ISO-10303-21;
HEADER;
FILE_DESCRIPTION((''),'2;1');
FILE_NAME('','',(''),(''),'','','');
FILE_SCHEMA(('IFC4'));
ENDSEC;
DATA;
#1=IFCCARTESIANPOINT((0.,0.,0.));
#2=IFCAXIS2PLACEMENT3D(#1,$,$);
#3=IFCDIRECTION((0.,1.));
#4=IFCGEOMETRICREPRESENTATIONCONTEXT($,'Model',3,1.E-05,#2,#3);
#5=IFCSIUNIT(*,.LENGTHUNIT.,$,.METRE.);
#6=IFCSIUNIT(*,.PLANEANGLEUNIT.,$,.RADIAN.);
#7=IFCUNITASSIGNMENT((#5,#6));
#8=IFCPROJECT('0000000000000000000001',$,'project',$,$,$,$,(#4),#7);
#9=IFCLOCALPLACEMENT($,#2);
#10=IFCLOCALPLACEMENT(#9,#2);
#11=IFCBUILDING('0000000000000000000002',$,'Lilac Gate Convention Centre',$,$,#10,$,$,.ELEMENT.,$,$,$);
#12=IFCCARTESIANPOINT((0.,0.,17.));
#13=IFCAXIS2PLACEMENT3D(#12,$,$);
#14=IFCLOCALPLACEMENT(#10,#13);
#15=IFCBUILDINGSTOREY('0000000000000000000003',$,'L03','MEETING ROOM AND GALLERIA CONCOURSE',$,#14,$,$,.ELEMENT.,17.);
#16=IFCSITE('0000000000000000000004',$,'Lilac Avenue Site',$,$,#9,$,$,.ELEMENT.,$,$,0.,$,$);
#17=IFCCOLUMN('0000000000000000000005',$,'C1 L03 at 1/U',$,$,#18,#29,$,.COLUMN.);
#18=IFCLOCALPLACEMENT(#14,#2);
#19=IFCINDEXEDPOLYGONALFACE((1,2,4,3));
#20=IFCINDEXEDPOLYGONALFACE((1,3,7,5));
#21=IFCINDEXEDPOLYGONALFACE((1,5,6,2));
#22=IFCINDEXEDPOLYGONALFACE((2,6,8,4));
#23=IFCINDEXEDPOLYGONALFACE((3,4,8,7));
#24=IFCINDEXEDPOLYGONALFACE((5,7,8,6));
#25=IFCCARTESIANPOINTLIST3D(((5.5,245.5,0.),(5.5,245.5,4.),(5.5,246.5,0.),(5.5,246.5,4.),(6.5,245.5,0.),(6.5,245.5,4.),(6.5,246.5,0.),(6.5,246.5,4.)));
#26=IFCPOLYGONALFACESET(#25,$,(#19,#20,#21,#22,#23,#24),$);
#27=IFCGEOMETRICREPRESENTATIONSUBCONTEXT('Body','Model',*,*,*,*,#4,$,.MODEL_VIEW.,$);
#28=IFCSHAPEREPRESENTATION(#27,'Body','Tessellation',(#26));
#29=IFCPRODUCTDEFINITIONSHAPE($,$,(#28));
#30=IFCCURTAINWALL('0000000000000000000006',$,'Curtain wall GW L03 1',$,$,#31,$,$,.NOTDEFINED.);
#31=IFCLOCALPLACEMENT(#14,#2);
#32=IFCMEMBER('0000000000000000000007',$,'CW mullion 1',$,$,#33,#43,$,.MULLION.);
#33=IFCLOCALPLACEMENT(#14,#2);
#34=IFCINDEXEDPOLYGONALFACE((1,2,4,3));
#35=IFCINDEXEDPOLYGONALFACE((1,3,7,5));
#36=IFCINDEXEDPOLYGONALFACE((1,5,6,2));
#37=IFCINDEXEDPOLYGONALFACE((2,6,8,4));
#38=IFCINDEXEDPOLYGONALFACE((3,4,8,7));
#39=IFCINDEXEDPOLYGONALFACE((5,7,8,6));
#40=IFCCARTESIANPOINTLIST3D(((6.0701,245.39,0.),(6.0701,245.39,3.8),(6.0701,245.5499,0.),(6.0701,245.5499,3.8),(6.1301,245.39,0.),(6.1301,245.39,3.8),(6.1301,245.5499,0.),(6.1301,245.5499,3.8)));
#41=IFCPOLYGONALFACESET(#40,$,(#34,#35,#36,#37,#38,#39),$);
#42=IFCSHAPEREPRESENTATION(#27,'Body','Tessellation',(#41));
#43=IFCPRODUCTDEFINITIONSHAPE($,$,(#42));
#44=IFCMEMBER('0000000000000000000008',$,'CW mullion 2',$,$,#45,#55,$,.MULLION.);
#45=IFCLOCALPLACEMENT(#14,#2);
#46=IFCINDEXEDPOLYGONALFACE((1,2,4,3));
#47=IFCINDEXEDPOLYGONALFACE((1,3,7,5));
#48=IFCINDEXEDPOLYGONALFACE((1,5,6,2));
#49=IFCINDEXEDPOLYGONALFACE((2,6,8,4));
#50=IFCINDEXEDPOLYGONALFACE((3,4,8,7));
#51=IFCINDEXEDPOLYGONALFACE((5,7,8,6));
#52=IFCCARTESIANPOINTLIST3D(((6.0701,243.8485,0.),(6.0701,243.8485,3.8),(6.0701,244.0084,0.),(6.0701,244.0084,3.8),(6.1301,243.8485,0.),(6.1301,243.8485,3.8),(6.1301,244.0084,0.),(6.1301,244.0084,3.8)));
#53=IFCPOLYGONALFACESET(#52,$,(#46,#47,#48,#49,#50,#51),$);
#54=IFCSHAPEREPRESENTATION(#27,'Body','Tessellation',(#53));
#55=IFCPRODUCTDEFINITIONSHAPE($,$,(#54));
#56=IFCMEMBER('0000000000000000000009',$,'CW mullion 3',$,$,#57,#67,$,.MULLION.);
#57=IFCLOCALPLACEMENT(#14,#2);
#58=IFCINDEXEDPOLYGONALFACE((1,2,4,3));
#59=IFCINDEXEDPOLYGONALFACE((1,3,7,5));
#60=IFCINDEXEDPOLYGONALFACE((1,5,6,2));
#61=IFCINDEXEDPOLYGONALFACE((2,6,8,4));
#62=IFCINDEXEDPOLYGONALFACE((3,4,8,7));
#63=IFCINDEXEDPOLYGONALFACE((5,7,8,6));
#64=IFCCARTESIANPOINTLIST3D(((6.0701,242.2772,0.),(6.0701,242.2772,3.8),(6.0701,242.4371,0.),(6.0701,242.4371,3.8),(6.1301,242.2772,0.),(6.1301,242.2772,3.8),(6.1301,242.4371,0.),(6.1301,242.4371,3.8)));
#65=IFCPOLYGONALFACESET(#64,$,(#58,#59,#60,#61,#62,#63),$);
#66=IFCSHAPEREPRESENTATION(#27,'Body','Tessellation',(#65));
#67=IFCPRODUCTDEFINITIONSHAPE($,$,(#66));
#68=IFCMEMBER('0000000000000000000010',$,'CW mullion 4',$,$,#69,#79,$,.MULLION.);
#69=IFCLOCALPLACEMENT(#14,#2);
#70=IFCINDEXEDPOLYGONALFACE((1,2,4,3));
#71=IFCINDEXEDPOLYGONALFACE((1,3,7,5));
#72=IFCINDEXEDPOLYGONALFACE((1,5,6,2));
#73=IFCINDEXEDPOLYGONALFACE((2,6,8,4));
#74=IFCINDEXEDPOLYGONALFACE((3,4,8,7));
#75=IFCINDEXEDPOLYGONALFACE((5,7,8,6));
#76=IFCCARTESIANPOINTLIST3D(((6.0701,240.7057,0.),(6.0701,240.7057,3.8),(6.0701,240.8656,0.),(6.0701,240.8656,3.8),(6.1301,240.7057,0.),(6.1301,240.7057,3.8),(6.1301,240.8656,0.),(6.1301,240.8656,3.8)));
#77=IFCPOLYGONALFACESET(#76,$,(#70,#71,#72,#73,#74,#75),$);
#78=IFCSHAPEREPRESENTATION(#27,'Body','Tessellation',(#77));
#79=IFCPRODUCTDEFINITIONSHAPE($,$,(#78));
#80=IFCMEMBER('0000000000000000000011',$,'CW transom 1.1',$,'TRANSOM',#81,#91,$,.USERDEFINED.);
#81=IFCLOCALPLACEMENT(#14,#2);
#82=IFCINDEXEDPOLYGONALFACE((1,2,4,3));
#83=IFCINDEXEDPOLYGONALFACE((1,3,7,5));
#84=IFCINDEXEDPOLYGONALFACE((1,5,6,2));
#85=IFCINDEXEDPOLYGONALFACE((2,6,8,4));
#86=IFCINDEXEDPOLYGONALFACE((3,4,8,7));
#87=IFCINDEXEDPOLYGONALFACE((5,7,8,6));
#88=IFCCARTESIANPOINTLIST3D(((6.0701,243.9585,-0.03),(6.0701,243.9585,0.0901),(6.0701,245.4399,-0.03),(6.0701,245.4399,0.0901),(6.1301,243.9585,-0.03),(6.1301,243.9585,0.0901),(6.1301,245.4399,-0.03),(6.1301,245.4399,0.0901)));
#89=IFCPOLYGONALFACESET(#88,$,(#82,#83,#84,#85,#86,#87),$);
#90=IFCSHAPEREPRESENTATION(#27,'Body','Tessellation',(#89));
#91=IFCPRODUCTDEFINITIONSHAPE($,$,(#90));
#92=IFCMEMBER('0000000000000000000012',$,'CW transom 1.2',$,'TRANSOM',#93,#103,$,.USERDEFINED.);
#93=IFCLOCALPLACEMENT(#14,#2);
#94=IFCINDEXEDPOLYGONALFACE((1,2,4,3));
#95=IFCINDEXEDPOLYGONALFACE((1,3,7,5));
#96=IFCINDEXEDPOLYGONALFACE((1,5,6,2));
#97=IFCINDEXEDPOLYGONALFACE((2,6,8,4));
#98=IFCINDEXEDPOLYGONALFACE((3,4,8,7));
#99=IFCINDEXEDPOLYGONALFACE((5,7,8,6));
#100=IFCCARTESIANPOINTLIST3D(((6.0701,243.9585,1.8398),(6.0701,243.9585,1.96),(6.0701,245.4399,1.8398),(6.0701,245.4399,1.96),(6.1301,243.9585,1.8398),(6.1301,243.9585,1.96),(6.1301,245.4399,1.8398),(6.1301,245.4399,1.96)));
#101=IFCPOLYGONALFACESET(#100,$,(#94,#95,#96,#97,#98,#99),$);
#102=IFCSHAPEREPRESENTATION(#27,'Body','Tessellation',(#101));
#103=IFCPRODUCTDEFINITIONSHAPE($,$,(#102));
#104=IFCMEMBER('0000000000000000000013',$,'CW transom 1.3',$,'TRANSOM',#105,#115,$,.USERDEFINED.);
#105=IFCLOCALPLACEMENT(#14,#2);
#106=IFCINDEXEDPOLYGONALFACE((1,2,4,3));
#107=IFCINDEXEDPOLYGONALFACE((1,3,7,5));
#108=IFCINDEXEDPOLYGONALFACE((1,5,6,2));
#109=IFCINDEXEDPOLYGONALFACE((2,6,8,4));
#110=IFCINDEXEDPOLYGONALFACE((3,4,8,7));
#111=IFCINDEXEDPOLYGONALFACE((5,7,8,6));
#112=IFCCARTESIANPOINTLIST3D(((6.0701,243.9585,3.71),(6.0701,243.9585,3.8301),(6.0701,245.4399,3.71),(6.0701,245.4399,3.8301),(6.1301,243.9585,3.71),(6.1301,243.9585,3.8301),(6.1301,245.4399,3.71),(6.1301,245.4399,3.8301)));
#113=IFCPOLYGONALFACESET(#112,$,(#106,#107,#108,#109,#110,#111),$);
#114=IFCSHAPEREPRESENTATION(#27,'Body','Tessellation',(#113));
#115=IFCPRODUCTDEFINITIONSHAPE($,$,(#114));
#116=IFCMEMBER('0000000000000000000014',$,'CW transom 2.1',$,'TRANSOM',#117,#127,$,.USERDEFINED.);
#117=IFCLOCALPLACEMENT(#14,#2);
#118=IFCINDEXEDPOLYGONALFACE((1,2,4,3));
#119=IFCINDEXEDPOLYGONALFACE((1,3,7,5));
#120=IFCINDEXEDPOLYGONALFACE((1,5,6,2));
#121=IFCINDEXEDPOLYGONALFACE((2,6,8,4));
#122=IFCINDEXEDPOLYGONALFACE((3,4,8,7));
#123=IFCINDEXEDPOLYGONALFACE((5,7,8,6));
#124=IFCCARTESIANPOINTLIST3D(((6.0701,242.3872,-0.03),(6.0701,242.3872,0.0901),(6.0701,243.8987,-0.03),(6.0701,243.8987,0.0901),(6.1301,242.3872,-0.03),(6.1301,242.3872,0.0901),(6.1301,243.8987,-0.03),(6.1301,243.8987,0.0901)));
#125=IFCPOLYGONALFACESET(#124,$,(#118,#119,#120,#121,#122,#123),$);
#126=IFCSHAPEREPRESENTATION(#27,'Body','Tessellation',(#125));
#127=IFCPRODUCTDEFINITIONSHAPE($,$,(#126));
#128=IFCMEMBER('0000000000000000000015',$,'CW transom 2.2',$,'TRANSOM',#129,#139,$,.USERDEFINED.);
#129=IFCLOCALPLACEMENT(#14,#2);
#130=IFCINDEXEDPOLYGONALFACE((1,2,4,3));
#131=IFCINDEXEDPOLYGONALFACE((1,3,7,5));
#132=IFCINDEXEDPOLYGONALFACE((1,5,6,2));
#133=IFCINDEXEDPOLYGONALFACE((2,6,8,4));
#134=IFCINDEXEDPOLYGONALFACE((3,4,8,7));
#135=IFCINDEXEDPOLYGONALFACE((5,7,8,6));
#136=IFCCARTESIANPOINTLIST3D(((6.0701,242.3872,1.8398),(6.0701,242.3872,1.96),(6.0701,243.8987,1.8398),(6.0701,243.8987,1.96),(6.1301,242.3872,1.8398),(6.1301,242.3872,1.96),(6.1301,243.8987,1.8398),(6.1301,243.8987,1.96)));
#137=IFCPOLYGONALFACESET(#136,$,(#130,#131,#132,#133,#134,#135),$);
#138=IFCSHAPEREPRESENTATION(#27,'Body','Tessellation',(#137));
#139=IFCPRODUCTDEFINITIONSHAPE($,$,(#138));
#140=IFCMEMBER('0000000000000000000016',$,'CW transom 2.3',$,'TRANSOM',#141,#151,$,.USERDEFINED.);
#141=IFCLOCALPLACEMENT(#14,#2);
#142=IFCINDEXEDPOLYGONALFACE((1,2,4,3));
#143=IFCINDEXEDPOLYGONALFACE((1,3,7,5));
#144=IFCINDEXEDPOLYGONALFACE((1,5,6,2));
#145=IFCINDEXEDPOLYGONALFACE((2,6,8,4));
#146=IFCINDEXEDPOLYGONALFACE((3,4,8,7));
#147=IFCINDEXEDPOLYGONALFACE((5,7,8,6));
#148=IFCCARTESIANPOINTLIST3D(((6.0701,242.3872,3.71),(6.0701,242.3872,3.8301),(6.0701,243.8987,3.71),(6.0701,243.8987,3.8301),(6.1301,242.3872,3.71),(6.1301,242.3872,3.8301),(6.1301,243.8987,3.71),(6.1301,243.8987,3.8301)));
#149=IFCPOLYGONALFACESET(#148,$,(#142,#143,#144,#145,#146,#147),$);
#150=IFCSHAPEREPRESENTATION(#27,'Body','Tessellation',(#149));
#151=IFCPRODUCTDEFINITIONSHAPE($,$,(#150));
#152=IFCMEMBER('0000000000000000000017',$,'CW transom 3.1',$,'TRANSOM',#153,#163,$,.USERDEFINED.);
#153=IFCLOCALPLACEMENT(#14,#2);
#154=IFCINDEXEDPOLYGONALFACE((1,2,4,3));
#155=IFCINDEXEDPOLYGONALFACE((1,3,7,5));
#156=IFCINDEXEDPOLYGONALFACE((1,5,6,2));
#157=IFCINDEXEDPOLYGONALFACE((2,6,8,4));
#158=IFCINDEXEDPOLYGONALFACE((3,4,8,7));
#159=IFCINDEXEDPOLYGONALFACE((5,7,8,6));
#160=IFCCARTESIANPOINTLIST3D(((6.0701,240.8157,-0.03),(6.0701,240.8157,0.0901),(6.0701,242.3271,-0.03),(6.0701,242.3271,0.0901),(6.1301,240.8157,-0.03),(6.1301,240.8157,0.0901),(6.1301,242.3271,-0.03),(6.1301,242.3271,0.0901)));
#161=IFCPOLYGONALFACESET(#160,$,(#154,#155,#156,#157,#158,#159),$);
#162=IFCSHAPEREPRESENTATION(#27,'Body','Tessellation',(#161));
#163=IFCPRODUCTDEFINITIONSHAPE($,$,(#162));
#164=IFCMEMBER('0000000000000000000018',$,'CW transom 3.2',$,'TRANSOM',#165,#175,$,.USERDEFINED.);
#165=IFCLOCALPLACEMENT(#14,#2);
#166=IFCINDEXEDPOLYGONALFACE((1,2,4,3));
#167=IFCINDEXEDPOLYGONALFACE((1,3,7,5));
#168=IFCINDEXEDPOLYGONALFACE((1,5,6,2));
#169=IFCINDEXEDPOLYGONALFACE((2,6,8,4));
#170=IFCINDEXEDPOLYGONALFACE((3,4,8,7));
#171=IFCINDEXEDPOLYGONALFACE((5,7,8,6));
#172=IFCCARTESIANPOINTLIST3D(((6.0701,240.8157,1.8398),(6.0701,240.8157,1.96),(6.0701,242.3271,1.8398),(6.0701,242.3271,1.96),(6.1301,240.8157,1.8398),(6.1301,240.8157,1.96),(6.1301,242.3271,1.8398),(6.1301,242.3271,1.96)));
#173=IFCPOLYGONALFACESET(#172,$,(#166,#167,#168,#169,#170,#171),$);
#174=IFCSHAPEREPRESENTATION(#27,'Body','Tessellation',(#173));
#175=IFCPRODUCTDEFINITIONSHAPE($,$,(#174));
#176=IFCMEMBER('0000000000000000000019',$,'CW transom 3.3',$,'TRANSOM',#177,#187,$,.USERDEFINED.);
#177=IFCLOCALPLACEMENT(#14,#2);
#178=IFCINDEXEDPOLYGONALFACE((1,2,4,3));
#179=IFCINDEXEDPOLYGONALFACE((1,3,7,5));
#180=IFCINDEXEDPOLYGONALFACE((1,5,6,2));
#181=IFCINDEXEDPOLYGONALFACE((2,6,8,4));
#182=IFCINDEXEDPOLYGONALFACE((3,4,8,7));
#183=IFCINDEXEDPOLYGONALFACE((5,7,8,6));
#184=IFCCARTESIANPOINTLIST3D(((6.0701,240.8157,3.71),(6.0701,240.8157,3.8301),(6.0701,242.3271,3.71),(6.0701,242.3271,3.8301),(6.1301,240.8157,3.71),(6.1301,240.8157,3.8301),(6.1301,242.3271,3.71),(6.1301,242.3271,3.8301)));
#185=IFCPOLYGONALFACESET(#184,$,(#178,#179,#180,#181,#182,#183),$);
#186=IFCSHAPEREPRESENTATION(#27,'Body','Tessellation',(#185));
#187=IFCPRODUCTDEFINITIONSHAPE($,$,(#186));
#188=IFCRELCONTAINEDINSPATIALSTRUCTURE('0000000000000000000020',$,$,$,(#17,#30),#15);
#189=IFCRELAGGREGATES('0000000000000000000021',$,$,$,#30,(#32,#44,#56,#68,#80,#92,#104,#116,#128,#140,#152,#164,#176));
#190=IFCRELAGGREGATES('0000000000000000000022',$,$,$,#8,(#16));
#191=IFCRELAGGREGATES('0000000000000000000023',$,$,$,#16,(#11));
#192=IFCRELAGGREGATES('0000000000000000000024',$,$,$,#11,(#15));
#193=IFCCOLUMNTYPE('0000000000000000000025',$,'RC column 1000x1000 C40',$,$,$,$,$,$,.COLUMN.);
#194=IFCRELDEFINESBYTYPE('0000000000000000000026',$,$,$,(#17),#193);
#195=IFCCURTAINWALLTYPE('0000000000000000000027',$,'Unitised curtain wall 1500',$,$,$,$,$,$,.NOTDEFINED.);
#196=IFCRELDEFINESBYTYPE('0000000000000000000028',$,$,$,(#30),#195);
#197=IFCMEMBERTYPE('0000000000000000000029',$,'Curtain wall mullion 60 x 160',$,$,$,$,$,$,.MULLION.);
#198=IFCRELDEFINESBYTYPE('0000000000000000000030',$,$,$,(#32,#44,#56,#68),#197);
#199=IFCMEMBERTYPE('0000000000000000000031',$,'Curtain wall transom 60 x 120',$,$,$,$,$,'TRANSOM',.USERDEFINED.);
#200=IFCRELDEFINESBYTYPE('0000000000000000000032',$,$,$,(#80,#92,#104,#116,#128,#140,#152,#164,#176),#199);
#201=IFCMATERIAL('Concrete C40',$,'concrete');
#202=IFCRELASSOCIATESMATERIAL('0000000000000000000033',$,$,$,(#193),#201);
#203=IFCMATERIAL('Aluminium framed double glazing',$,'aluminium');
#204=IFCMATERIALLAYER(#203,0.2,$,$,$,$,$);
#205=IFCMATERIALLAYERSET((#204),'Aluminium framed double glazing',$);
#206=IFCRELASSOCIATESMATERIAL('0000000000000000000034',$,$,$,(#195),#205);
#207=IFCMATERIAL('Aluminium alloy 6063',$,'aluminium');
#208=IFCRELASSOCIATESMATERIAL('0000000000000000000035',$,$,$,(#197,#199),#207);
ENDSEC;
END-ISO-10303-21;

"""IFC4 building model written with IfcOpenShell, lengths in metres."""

from ifc_helpers import new_model, si_unit, direction, frame, origin, origin_2d, place, context, subcontext, project, spatial, rectangle, extrude, material, layer, layer_set, material_profile, profile_set, type_object, element, aggregate, save


model = new_model("IFC4")

# Units and contexts
model_context = context("Model", 3, precision=1e-05, world=origin(), true_north=direction((0.0, 1.0)))
body_context = subcontext(model_context, "Body", "Model", "MODEL_VIEW")
ifc_project = project(units=[si_unit("LENGTHUNIT", "METRE"), si_unit("PLANEANGLEUNIT", "RADIAN")], contexts=[model_context])

# Site, building, storey
site_placement = place(None, origin())
site = spatial("IfcSite", under=ifc_project, at=site_placement, Name="Lilac Avenue Site", CompositionType="ELEMENT", RefElevation=0.0)
building_placement = place(site_placement, origin())
building = spatial("IfcBuilding", under=site, at=building_placement, Name="Lilac Gate Convention Centre", CompositionType="ELEMENT")
storey_placement = place(building_placement, frame((0.0, 0.0, 17.0)))
storey = spatial("IfcBuildingStorey", under=building, at=storey_placement, Name="L03", Description="MEETING ROOM AND GALLERIA CONCOURSE", CompositionType="ELEMENT", Elevation=17.0)

# Column
ifc_material_1 = material(Name="Concrete C40", Category="concrete")
ifc_material_profile_1 = material_profile(ifc_material_1, rectangle(XDim=1.0, YDim=1.0, at=origin_2d()), Name="RC 1000x1000")
ifc_profile_set_1 = profile_set([ifc_material_profile_1], Name="Concrete C40")
column_type = type_object("IfcColumnType", Name="RC column 1000x1000 C40", PredefinedType="COLUMN", material=ifc_profile_set_1)
column_placement = place(storey_placement, frame((6.0, 246.0, 0.0), z_axis=(0.0, 0.0, 1.0), x_axis=(1.0, 0.0, 0.0)))
element("IfcColumn", 1, at=column_placement, inside=storey, type_object=column_type, Name="C1 L03 at 1/U", PredefinedType="COLUMN", context=body_context, shape_type="SweptSolid", body=[
    extrude(rectangle(XDim=1.0, YDim=1.0, at=origin_2d()), origin(), (0.0, 0.0, 1.0), 4.0),
])

# Curtain wall, members
ifc_material_2 = material(Name="Aluminium framed double glazing", Category="aluminium")
ifc_layer_1 = layer(ifc_material_2, 0.2)
ifc_layer_set_1 = layer_set([ifc_layer_1], Name="Aluminium framed double glazing")
curtain_wall_type = type_object("IfcCurtainWallType", Name="Unitised curtain wall 1500", PredefinedType="NOTDEFINED", material=ifc_layer_set_1)
curtain_wall_placement = place(storey_placement, origin())
curtain_wall = element("IfcCurtainWall", 2, at=curtain_wall_placement, inside=storey, type_object=curtain_wall_type, Name="Curtain wall GW L03 1", PredefinedType="NOTDEFINED")
ifc_material_3 = material(Name="Aluminium alloy 6063", Category="aluminium")
ifc_material_profile_2 = material_profile(ifc_material_3, rectangle(XDim=0.0601, YDim=0.1599, at=origin_2d()), Name="Curtain wall mullion 60 x 160")
ifc_profile_set_2 = profile_set([ifc_material_profile_2], Name="Aluminium alloy 6063")
member_type_1 = type_object("IfcMemberType", Name="Curtain wall mullion 60 x 160", PredefinedType="MULLION", material=ifc_profile_set_2)
member_1_placement = place(storey_placement, frame((6.1001, 245.47, 0.0), z_axis=(0.0, 0.0, 1.0), x_axis=(1.0, 0.0, 0.0)))
member_1 = element("IfcMember", 3, at=member_1_placement, type_object=member_type_1, Name="CW mullion 1", PredefinedType="MULLION", context=body_context, shape_type="SweptSolid", body=[
    extrude(rectangle(XDim=0.0601, YDim=0.1599, at=origin_2d()), origin(), (0.0, 0.0, 1.0), 3.8),
])
member_2_placement = place(storey_placement, frame((6.1001, 243.9285, 0.0), z_axis=(0.0, 0.0, 1.0), x_axis=(1.0, 0.0, 0.0)))
member_2 = element("IfcMember", 4, at=member_2_placement, type_object=member_type_1, Name="CW mullion 2", PredefinedType="MULLION", context=body_context, shape_type="SweptSolid", body=[
    extrude(rectangle(XDim=0.0601, YDim=0.1599, at=origin_2d()), origin(), (0.0, 0.0, 1.0), 3.8),
])
member_3_placement = place(storey_placement, frame((6.1001, 242.3572, 0.0), z_axis=(0.0, 0.0, 1.0), x_axis=(1.0, 0.0, 0.0)))
member_3 = element("IfcMember", 5, at=member_3_placement, type_object=member_type_1, Name="CW mullion 3", PredefinedType="MULLION", context=body_context, shape_type="SweptSolid", body=[
    extrude(rectangle(XDim=0.0601, YDim=0.1599, at=origin_2d()), origin(), (0.0, 0.0, 1.0), 3.8),
])
member_4_placement = place(storey_placement, frame((6.1001, 240.7856, 0.0), z_axis=(0.0, 0.0, 1.0), x_axis=(1.0, 0.0, 0.0)))
member_4 = element("IfcMember", 6, at=member_4_placement, type_object=member_type_1, Name="CW mullion 4", PredefinedType="MULLION", context=body_context, shape_type="SweptSolid", body=[
    extrude(rectangle(XDim=0.0601, YDim=0.1599, at=origin_2d()), origin(), (0.0, 0.0, 1.0), 3.8),
])
ifc_material_profile_3 = material_profile(ifc_material_3, rectangle(XDim=0.0601, YDim=0.1201, at=origin_2d()), Name="Curtain wall transom 60 x 120")
ifc_profile_set_3 = profile_set([ifc_material_profile_3], Name="Aluminium alloy 6063")
member_type_2 = type_object("IfcMemberType", Name="Curtain wall transom 60 x 120", ElementType="TRANSOM", PredefinedType="USERDEFINED", material=ifc_profile_set_3)
member_5_placement = place(storey_placement, frame((6.1001, 245.4399, 0.03), z_axis=(0.0, -1.0, 0.0), x_axis=(1.0, 0.0, 0.0)))
member_5 = element("IfcMember", 7, at=member_5_placement, type_object=member_type_2, Name="CW transom 1.1", ObjectType="TRANSOM", PredefinedType="USERDEFINED", context=body_context, shape_type="SweptSolid", body=[
    extrude(rectangle(XDim=0.0601, YDim=0.1201, at=origin_2d()), origin(), (0.0, 0.0, 1.0), 1.4814),
])
member_6_placement = place(storey_placement, frame((6.1001, 245.4399, 1.8999), z_axis=(0.0, -1.0, 0.0), x_axis=(1.0, 0.0, 0.0)))
member_6 = element("IfcMember", 8, at=member_6_placement, type_object=member_type_2, Name="CW transom 1.2", ObjectType="TRANSOM", PredefinedType="USERDEFINED", context=body_context, shape_type="SweptSolid", body=[
    extrude(rectangle(XDim=0.0601, YDim=0.1201, at=origin_2d()), origin(), (0.0, 0.0, 1.0), 1.4814),
])
member_7_placement = place(storey_placement, frame((6.1001, 245.4399, 3.77), z_axis=(0.0, -1.0, 0.0), x_axis=(1.0, 0.0, 0.0)))
member_7 = element("IfcMember", 9, at=member_7_placement, type_object=member_type_2, Name="CW transom 1.3", ObjectType="TRANSOM", PredefinedType="USERDEFINED", context=body_context, shape_type="SweptSolid", body=[
    extrude(rectangle(XDim=0.0601, YDim=0.1201, at=origin_2d()), origin(), (0.0, 0.0, 1.0), 1.4814),
])
member_8_placement = place(storey_placement, frame((6.1001, 243.8987, 0.03), z_axis=(0.0, -1.0, 0.0), x_axis=(1.0, 0.0, 0.0)))
member_8 = element("IfcMember", 10, at=member_8_placement, type_object=member_type_2, Name="CW transom 2.1", ObjectType="TRANSOM", PredefinedType="USERDEFINED", context=body_context, shape_type="SweptSolid", body=[
    extrude(rectangle(XDim=0.0601, YDim=0.1201, at=origin_2d()), origin(), (0.0, 0.0, 1.0), 1.5115),
])
member_9_placement = place(storey_placement, frame((6.1001, 243.8987, 1.8999), z_axis=(0.0, -1.0, 0.0), x_axis=(1.0, 0.0, 0.0)))
member_9 = element("IfcMember", 11, at=member_9_placement, type_object=member_type_2, Name="CW transom 2.2", ObjectType="TRANSOM", PredefinedType="USERDEFINED", context=body_context, shape_type="SweptSolid", body=[
    extrude(rectangle(XDim=0.0601, YDim=0.1201, at=origin_2d()), origin(), (0.0, 0.0, 1.0), 1.5115),
])
member_10_placement = place(storey_placement, frame((6.1001, 243.8987, 3.77), z_axis=(0.0, -1.0, 0.0), x_axis=(1.0, 0.0, 0.0)))
member_10 = element("IfcMember", 12, at=member_10_placement, type_object=member_type_2, Name="CW transom 2.3", ObjectType="TRANSOM", PredefinedType="USERDEFINED", context=body_context, shape_type="SweptSolid", body=[
    extrude(rectangle(XDim=0.0601, YDim=0.1201, at=origin_2d()), origin(), (0.0, 0.0, 1.0), 1.5115),
])
member_11_placement = place(storey_placement, frame((6.1001, 242.3271, 0.03), z_axis=(0.0, -1.0, 0.0), x_axis=(1.0, 0.0, 0.0)))
member_11 = element("IfcMember", 13, at=member_11_placement, type_object=member_type_2, Name="CW transom 3.1", ObjectType="TRANSOM", PredefinedType="USERDEFINED", context=body_context, shape_type="SweptSolid", body=[
    extrude(rectangle(XDim=0.0601, YDim=0.1201, at=origin_2d()), origin(), (0.0, 0.0, 1.0), 1.5115),
])
member_12_placement = place(storey_placement, frame((6.1001, 242.3271, 1.8999), z_axis=(0.0, -1.0, 0.0), x_axis=(1.0, 0.0, 0.0)))
member_12 = element("IfcMember", 14, at=member_12_placement, type_object=member_type_2, Name="CW transom 3.2", ObjectType="TRANSOM", PredefinedType="USERDEFINED", context=body_context, shape_type="SweptSolid", body=[
    extrude(rectangle(XDim=0.0601, YDim=0.1201, at=origin_2d()), origin(), (0.0, 0.0, 1.0), 1.5115),
])
member_13_placement = place(storey_placement, frame((6.1001, 242.3271, 3.77), z_axis=(0.0, -1.0, 0.0), x_axis=(1.0, 0.0, 0.0)))
member_13 = element("IfcMember", 15, at=member_13_placement, type_object=member_type_2, Name="CW transom 3.3", ObjectType="TRANSOM", PredefinedType="USERDEFINED", context=body_context, shape_type="SweptSolid", body=[
    extrude(rectangle(XDim=0.0601, YDim=0.1201, at=origin_2d()), origin(), (0.0, 0.0, 1.0), 1.5115),
])
aggregate(curtain_wall, [member_1, member_2, member_3, member_4, member_5, member_6, member_7, member_8, member_9, member_10, member_11, member_12, member_13])

save(model, "model.ifc")
